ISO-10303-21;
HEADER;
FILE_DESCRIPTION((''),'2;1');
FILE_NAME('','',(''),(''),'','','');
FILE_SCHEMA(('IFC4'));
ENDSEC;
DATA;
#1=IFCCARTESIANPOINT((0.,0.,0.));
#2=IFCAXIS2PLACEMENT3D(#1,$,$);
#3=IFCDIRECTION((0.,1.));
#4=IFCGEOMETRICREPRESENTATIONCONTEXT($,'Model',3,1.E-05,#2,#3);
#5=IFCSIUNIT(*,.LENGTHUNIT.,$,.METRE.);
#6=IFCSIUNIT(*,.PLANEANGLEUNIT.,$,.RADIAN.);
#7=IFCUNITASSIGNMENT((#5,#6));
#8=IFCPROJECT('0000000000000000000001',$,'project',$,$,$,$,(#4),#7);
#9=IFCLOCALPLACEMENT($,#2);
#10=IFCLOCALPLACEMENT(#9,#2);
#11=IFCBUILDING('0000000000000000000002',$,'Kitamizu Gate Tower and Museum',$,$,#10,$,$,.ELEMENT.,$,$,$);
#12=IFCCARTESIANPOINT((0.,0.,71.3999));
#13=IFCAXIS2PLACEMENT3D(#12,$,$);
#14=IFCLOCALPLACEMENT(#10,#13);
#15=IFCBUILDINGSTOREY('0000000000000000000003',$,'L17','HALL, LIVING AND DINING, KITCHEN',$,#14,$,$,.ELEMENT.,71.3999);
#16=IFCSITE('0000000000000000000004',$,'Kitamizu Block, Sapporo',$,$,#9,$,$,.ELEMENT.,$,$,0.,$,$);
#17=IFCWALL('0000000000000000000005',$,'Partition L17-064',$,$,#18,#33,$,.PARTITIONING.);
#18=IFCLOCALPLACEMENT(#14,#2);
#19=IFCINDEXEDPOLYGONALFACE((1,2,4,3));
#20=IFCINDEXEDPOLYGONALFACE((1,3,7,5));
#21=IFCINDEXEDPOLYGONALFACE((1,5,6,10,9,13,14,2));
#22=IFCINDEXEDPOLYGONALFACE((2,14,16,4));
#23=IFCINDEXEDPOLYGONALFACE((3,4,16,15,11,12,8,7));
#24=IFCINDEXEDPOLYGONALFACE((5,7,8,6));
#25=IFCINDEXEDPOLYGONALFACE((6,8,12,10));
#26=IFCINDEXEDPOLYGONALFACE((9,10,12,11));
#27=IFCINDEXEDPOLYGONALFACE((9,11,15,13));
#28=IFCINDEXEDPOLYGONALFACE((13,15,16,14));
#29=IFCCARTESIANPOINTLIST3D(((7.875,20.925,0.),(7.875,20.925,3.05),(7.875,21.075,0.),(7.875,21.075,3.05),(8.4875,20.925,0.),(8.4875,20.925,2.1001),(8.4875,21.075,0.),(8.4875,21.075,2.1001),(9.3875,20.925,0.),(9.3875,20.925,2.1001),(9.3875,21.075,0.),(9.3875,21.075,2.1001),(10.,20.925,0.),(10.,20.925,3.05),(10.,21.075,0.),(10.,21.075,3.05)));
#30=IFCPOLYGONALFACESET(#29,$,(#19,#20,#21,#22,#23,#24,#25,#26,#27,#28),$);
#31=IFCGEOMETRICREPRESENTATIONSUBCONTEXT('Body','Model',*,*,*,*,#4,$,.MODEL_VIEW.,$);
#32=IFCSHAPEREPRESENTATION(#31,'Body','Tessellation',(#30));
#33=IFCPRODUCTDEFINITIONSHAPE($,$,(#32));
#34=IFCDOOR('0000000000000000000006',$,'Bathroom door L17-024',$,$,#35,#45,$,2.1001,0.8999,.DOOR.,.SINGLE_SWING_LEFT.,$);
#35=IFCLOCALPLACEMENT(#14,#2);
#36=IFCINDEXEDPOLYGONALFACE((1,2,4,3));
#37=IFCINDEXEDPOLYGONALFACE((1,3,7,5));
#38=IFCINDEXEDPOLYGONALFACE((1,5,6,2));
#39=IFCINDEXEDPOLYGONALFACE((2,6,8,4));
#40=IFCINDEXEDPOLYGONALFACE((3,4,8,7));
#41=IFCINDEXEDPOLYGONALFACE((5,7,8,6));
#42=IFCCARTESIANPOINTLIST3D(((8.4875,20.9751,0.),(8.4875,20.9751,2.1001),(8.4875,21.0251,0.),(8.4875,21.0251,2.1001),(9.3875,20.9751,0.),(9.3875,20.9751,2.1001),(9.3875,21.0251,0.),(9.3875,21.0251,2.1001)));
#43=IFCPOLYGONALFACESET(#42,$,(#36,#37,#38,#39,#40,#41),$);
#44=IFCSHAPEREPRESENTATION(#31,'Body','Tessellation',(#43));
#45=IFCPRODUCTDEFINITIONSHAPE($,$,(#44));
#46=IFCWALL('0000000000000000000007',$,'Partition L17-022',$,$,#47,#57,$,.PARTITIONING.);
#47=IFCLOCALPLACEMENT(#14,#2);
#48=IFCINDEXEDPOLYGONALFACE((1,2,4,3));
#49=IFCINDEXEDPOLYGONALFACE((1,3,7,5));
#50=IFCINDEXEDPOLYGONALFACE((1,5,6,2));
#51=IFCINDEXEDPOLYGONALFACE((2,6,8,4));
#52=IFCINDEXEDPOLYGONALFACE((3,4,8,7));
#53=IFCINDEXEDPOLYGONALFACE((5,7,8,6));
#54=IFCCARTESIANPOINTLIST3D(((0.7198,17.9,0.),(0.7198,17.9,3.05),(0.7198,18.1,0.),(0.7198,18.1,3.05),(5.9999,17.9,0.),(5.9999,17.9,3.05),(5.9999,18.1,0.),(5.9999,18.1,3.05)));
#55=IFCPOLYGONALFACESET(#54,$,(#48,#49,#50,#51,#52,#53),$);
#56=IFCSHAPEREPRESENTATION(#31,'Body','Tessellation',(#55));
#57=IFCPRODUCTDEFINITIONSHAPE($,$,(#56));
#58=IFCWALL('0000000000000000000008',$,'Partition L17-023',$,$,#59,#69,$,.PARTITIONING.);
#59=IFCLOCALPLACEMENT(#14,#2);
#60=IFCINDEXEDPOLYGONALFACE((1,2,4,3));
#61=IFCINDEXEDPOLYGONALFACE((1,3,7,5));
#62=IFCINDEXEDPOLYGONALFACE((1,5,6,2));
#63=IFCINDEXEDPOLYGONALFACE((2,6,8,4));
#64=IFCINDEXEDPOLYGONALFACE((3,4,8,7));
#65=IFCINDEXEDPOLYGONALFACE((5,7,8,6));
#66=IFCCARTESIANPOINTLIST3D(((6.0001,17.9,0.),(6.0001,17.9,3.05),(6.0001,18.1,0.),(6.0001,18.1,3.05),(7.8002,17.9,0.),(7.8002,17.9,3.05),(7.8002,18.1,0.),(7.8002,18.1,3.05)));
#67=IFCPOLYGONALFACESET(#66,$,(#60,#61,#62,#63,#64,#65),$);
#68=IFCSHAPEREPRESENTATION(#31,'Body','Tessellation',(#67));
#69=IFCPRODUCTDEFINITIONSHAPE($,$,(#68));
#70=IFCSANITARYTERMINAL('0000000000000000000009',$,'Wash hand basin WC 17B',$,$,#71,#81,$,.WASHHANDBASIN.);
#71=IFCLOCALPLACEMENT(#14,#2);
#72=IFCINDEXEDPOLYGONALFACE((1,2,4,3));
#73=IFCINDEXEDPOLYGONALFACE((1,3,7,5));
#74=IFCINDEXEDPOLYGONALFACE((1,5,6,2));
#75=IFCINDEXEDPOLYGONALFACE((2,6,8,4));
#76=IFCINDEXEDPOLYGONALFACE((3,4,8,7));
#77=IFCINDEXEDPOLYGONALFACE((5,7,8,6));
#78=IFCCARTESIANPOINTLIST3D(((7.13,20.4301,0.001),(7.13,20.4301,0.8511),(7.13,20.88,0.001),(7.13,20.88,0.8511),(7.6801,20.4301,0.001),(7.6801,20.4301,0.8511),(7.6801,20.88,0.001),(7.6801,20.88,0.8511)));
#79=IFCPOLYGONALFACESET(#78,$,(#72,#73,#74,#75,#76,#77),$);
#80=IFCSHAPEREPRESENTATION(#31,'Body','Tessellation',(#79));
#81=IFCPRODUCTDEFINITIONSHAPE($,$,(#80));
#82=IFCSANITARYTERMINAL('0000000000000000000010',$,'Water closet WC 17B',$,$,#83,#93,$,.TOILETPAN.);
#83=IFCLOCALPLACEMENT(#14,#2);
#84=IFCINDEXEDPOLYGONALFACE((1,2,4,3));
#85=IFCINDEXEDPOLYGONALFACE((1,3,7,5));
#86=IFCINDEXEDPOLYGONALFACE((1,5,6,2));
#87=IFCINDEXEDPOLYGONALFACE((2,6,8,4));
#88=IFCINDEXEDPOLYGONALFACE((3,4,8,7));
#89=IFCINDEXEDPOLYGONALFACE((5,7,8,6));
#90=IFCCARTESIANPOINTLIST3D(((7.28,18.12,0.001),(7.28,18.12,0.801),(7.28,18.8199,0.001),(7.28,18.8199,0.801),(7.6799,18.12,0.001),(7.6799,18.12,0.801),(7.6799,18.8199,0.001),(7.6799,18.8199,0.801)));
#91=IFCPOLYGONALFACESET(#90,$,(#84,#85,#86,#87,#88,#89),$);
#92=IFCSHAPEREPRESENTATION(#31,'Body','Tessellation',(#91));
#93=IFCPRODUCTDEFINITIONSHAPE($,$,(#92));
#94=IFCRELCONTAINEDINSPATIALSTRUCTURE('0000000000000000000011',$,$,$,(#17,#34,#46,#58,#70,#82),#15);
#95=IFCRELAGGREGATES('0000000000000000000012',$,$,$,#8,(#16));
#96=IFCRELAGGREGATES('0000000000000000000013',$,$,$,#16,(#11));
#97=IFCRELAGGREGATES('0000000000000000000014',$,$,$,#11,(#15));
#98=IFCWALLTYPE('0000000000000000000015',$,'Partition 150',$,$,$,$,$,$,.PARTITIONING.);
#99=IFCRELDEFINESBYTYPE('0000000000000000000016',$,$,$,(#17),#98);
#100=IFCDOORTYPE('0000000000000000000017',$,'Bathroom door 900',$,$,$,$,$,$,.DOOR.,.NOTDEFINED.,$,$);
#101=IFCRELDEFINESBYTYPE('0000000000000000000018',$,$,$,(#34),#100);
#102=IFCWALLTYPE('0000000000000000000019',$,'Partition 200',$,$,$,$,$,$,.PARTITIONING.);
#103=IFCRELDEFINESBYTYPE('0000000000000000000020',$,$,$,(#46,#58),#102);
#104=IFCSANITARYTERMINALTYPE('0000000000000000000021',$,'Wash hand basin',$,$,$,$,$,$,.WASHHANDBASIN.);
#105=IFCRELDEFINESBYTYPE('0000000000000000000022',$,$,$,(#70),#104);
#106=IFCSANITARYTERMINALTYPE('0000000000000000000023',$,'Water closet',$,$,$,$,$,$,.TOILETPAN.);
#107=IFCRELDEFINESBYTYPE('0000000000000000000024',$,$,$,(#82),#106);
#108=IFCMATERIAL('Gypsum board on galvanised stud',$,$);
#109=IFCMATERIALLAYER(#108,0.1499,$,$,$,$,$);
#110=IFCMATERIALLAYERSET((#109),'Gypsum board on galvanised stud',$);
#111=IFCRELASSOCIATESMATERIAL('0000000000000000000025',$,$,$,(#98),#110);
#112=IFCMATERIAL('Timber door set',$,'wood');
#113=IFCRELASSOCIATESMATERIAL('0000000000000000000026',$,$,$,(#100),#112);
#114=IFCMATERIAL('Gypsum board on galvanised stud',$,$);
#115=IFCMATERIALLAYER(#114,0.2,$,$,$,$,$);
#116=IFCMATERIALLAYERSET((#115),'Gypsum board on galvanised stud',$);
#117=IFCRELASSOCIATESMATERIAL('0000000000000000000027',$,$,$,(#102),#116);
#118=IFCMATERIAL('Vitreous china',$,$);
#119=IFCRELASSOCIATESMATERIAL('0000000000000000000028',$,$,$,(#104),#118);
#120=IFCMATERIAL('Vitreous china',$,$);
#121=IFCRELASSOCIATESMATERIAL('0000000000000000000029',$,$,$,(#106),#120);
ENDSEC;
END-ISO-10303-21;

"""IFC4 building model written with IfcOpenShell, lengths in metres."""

from ifc_helpers import new_model, si_unit, direction, frame, frame_2d, origin, origin_2d, place, context, subcontext, project, spatial, rectangle, extrude, material, layer, layer_set, type_object, element, fill, save


model = new_model("IFC4")

# Units and contexts
model_context = context("Model", 3, precision=1e-05, world=origin(), true_north=direction((0.0, 1.0)))
body_context = subcontext(model_context, "Body", "Model", "MODEL_VIEW")
ifc_project = project(units=[si_unit("LENGTHUNIT", "METRE"), si_unit("PLANEANGLEUNIT", "RADIAN")], contexts=[model_context])

# Site, building, storey
site_placement = place(None, origin())
site = spatial("IfcSite", under=ifc_project, at=site_placement, Name="Kitamizu Block, Sapporo", CompositionType="ELEMENT", RefElevation=0.0)
building_placement = place(site_placement, origin())
building = spatial("IfcBuilding", under=site, at=building_placement, Name="Kitamizu Gate Tower and Museum", CompositionType="ELEMENT")
storey_placement = place(building_placement, frame((0.0, 0.0, 71.3999)))
storey = spatial("IfcBuildingStorey", under=building, at=storey_placement, Name="L17", Description="HALL, LIVING AND DINING, KITCHEN", CompositionType="ELEMENT", Elevation=71.3999)

# Shared definitions
ifc_material_1 = material(Name="Gypsum board on galvanised stud")
ifc_layer_1 = layer(ifc_material_1, 0.1499)
ifc_layer_set_1 = layer_set([ifc_layer_1], Name="Gypsum board on galvanised stud")
wall_type_1 = type_object("IfcWallType", Name="Partition 150", PredefinedType="PARTITIONING", material=ifc_layer_set_1)
ifc_material_2 = material(Name="Timber door set", Category="wood")
door_type_1 = type_object("IfcDoorType", Name="Bathroom door 900", OperationType="NOTDEFINED", PredefinedType="DOOR", material=ifc_material_2)

# Wall, opening, door
wall_1_placement = place(storey_placement, frame((10.0, 21.0, 0.0), z_axis=(0.0, 0.0, 1.0), x_axis=(-1.0, 0.0, 0.0)))
wall_1 = element("IfcWall", 1, at=wall_1_placement, inside=storey, type_object=wall_type_1, Name="Partition L17-064", PredefinedType="PARTITIONING", context=body_context, shape_type="SweptSolid", body=[
    extrude(rectangle(XDim=2.125, YDim=0.1499, at=frame_2d((1.0625, 0.0))), origin(), (0.0, 0.0, 1.0), 3.05),
])
opening_1_placement = place(wall_1_placement, frame((0.6125, 0.0, 0.0)))
opening_1 = element("IfcOpeningElement", 2, at=opening_1_placement, cuts=wall_1, PredefinedType="OPENING", context=body_context, shape_type="SweptSolid", body=[
    extrude(rectangle(XDim=0.8999, YDim=2.1001, at=frame_2d((0.45, 1.05))), frame((0.0, 0.085, 0.0), z_axis=(0.0, -1.0, 0.0), x_axis=(1.0, 0.0, 0.0)), (0.0, 0.0, 1.0), 0.1699),
])
door_1_placement = place(opening_1_placement, origin())
door_1 = element("IfcDoor", 3, at=door_1_placement, inside=storey, type_object=door_type_1, Name="Bathroom door L17-024", OperationType="SINGLE_SWING_LEFT", OverallHeight=2.1001, OverallWidth=0.8999, PredefinedType="DOOR", context=body_context, shape_type="SweptSolid", body=[
    extrude(rectangle(XDim=0.8999, YDim=2.1001, at=frame_2d((0.45, 1.05))), frame((0.0, 0.0249, 0.0), z_axis=(0.0, -1.0, 0.0), x_axis=(1.0, 0.0, 0.0)), (0.0, 0.0, 1.0), 0.05),
])
fill(opening_1, door_1)

# Walls
ifc_material_3 = material(Name="Gypsum board on galvanised stud")
ifc_layer_2 = layer(ifc_material_3, 0.2)
ifc_layer_set_2 = layer_set([ifc_layer_2], Name="Gypsum board on galvanised stud")
wall_type_2 = type_object("IfcWallType", Name="Partition 200", PredefinedType="PARTITIONING", material=ifc_layer_set_2)
wall_2_placement = place(storey_placement, frame((6.0, 18.0, 0.0), z_axis=(0.0, 0.0, 1.0), x_axis=(-1.0, 0.0, 0.0)))
element("IfcWall", 4, at=wall_2_placement, inside=storey, type_object=wall_type_2, Name="Partition L17-022", PredefinedType="PARTITIONING", context=body_context, shape_type="SweptSolid", body=[
    extrude(rectangle(XDim=5.28, YDim=0.2, at=frame_2d((2.6401, 0.0))), origin(), (0.0, 0.0, 1.0), 3.05),
])
wall_3_placement = place(storey_placement, frame((7.8, 18.0, 0.0), z_axis=(0.0, 0.0, 1.0), x_axis=(-1.0, 0.0, 0.0)))
element("IfcWall", 5, at=wall_3_placement, inside=storey, type_object=wall_type_2, Name="Partition L17-023", PredefinedType="PARTITIONING", context=body_context, shape_type="SweptSolid", body=[
    extrude(rectangle(XDim=1.8, YDim=0.2, at=frame_2d((0.8999, 0.0))), origin(), (0.0, 0.0, 1.0), 3.05),
])

# Sanitary terminals
ifc_material_4 = material(Name="Vitreous china")
sanitary_terminal_type_1 = type_object("IfcSanitaryTerminalType", Name="Wash hand basin", PredefinedType="WASHHANDBASIN", material=ifc_material_4)
sanitary_terminal_1_placement = place(storey_placement, frame((7.405, 20.655, 0.001), z_axis=(0.0, 0.0, 1.0), x_axis=(1.0, 0.0, 0.0)))
element("IfcSanitaryTerminal", 6, at=sanitary_terminal_1_placement, inside=storey, type_object=sanitary_terminal_type_1, Name="Wash hand basin WC 17B", PredefinedType="WASHHANDBASIN", context=body_context, shape_type="SweptSolid", body=[
    extrude(rectangle(XDim=0.55, YDim=0.45, at=origin_2d()), origin(), (0.0, 0.0, 1.0), 0.8501),
])
ifc_material_5 = material(Name="Vitreous china")
sanitary_terminal_type_2 = type_object("IfcSanitaryTerminalType", Name="Water closet", PredefinedType="TOILETPAN", material=ifc_material_5)
sanitary_terminal_2_placement = place(storey_placement, frame((7.48, 18.47, 0.001), z_axis=(0.0, 0.0, 1.0), x_axis=(1.0, 0.0, 0.0)))
element("IfcSanitaryTerminal", 7, at=sanitary_terminal_2_placement, inside=storey, type_object=sanitary_terminal_type_2, Name="Water closet WC 17B", PredefinedType="TOILETPAN", context=body_context, shape_type="SweptSolid", body=[
    extrude(rectangle(XDim=0.3999, YDim=0.7, at=origin_2d()), origin(), (0.0, 0.0, 1.0), 0.8),
])

save(model, "model.ifc")
